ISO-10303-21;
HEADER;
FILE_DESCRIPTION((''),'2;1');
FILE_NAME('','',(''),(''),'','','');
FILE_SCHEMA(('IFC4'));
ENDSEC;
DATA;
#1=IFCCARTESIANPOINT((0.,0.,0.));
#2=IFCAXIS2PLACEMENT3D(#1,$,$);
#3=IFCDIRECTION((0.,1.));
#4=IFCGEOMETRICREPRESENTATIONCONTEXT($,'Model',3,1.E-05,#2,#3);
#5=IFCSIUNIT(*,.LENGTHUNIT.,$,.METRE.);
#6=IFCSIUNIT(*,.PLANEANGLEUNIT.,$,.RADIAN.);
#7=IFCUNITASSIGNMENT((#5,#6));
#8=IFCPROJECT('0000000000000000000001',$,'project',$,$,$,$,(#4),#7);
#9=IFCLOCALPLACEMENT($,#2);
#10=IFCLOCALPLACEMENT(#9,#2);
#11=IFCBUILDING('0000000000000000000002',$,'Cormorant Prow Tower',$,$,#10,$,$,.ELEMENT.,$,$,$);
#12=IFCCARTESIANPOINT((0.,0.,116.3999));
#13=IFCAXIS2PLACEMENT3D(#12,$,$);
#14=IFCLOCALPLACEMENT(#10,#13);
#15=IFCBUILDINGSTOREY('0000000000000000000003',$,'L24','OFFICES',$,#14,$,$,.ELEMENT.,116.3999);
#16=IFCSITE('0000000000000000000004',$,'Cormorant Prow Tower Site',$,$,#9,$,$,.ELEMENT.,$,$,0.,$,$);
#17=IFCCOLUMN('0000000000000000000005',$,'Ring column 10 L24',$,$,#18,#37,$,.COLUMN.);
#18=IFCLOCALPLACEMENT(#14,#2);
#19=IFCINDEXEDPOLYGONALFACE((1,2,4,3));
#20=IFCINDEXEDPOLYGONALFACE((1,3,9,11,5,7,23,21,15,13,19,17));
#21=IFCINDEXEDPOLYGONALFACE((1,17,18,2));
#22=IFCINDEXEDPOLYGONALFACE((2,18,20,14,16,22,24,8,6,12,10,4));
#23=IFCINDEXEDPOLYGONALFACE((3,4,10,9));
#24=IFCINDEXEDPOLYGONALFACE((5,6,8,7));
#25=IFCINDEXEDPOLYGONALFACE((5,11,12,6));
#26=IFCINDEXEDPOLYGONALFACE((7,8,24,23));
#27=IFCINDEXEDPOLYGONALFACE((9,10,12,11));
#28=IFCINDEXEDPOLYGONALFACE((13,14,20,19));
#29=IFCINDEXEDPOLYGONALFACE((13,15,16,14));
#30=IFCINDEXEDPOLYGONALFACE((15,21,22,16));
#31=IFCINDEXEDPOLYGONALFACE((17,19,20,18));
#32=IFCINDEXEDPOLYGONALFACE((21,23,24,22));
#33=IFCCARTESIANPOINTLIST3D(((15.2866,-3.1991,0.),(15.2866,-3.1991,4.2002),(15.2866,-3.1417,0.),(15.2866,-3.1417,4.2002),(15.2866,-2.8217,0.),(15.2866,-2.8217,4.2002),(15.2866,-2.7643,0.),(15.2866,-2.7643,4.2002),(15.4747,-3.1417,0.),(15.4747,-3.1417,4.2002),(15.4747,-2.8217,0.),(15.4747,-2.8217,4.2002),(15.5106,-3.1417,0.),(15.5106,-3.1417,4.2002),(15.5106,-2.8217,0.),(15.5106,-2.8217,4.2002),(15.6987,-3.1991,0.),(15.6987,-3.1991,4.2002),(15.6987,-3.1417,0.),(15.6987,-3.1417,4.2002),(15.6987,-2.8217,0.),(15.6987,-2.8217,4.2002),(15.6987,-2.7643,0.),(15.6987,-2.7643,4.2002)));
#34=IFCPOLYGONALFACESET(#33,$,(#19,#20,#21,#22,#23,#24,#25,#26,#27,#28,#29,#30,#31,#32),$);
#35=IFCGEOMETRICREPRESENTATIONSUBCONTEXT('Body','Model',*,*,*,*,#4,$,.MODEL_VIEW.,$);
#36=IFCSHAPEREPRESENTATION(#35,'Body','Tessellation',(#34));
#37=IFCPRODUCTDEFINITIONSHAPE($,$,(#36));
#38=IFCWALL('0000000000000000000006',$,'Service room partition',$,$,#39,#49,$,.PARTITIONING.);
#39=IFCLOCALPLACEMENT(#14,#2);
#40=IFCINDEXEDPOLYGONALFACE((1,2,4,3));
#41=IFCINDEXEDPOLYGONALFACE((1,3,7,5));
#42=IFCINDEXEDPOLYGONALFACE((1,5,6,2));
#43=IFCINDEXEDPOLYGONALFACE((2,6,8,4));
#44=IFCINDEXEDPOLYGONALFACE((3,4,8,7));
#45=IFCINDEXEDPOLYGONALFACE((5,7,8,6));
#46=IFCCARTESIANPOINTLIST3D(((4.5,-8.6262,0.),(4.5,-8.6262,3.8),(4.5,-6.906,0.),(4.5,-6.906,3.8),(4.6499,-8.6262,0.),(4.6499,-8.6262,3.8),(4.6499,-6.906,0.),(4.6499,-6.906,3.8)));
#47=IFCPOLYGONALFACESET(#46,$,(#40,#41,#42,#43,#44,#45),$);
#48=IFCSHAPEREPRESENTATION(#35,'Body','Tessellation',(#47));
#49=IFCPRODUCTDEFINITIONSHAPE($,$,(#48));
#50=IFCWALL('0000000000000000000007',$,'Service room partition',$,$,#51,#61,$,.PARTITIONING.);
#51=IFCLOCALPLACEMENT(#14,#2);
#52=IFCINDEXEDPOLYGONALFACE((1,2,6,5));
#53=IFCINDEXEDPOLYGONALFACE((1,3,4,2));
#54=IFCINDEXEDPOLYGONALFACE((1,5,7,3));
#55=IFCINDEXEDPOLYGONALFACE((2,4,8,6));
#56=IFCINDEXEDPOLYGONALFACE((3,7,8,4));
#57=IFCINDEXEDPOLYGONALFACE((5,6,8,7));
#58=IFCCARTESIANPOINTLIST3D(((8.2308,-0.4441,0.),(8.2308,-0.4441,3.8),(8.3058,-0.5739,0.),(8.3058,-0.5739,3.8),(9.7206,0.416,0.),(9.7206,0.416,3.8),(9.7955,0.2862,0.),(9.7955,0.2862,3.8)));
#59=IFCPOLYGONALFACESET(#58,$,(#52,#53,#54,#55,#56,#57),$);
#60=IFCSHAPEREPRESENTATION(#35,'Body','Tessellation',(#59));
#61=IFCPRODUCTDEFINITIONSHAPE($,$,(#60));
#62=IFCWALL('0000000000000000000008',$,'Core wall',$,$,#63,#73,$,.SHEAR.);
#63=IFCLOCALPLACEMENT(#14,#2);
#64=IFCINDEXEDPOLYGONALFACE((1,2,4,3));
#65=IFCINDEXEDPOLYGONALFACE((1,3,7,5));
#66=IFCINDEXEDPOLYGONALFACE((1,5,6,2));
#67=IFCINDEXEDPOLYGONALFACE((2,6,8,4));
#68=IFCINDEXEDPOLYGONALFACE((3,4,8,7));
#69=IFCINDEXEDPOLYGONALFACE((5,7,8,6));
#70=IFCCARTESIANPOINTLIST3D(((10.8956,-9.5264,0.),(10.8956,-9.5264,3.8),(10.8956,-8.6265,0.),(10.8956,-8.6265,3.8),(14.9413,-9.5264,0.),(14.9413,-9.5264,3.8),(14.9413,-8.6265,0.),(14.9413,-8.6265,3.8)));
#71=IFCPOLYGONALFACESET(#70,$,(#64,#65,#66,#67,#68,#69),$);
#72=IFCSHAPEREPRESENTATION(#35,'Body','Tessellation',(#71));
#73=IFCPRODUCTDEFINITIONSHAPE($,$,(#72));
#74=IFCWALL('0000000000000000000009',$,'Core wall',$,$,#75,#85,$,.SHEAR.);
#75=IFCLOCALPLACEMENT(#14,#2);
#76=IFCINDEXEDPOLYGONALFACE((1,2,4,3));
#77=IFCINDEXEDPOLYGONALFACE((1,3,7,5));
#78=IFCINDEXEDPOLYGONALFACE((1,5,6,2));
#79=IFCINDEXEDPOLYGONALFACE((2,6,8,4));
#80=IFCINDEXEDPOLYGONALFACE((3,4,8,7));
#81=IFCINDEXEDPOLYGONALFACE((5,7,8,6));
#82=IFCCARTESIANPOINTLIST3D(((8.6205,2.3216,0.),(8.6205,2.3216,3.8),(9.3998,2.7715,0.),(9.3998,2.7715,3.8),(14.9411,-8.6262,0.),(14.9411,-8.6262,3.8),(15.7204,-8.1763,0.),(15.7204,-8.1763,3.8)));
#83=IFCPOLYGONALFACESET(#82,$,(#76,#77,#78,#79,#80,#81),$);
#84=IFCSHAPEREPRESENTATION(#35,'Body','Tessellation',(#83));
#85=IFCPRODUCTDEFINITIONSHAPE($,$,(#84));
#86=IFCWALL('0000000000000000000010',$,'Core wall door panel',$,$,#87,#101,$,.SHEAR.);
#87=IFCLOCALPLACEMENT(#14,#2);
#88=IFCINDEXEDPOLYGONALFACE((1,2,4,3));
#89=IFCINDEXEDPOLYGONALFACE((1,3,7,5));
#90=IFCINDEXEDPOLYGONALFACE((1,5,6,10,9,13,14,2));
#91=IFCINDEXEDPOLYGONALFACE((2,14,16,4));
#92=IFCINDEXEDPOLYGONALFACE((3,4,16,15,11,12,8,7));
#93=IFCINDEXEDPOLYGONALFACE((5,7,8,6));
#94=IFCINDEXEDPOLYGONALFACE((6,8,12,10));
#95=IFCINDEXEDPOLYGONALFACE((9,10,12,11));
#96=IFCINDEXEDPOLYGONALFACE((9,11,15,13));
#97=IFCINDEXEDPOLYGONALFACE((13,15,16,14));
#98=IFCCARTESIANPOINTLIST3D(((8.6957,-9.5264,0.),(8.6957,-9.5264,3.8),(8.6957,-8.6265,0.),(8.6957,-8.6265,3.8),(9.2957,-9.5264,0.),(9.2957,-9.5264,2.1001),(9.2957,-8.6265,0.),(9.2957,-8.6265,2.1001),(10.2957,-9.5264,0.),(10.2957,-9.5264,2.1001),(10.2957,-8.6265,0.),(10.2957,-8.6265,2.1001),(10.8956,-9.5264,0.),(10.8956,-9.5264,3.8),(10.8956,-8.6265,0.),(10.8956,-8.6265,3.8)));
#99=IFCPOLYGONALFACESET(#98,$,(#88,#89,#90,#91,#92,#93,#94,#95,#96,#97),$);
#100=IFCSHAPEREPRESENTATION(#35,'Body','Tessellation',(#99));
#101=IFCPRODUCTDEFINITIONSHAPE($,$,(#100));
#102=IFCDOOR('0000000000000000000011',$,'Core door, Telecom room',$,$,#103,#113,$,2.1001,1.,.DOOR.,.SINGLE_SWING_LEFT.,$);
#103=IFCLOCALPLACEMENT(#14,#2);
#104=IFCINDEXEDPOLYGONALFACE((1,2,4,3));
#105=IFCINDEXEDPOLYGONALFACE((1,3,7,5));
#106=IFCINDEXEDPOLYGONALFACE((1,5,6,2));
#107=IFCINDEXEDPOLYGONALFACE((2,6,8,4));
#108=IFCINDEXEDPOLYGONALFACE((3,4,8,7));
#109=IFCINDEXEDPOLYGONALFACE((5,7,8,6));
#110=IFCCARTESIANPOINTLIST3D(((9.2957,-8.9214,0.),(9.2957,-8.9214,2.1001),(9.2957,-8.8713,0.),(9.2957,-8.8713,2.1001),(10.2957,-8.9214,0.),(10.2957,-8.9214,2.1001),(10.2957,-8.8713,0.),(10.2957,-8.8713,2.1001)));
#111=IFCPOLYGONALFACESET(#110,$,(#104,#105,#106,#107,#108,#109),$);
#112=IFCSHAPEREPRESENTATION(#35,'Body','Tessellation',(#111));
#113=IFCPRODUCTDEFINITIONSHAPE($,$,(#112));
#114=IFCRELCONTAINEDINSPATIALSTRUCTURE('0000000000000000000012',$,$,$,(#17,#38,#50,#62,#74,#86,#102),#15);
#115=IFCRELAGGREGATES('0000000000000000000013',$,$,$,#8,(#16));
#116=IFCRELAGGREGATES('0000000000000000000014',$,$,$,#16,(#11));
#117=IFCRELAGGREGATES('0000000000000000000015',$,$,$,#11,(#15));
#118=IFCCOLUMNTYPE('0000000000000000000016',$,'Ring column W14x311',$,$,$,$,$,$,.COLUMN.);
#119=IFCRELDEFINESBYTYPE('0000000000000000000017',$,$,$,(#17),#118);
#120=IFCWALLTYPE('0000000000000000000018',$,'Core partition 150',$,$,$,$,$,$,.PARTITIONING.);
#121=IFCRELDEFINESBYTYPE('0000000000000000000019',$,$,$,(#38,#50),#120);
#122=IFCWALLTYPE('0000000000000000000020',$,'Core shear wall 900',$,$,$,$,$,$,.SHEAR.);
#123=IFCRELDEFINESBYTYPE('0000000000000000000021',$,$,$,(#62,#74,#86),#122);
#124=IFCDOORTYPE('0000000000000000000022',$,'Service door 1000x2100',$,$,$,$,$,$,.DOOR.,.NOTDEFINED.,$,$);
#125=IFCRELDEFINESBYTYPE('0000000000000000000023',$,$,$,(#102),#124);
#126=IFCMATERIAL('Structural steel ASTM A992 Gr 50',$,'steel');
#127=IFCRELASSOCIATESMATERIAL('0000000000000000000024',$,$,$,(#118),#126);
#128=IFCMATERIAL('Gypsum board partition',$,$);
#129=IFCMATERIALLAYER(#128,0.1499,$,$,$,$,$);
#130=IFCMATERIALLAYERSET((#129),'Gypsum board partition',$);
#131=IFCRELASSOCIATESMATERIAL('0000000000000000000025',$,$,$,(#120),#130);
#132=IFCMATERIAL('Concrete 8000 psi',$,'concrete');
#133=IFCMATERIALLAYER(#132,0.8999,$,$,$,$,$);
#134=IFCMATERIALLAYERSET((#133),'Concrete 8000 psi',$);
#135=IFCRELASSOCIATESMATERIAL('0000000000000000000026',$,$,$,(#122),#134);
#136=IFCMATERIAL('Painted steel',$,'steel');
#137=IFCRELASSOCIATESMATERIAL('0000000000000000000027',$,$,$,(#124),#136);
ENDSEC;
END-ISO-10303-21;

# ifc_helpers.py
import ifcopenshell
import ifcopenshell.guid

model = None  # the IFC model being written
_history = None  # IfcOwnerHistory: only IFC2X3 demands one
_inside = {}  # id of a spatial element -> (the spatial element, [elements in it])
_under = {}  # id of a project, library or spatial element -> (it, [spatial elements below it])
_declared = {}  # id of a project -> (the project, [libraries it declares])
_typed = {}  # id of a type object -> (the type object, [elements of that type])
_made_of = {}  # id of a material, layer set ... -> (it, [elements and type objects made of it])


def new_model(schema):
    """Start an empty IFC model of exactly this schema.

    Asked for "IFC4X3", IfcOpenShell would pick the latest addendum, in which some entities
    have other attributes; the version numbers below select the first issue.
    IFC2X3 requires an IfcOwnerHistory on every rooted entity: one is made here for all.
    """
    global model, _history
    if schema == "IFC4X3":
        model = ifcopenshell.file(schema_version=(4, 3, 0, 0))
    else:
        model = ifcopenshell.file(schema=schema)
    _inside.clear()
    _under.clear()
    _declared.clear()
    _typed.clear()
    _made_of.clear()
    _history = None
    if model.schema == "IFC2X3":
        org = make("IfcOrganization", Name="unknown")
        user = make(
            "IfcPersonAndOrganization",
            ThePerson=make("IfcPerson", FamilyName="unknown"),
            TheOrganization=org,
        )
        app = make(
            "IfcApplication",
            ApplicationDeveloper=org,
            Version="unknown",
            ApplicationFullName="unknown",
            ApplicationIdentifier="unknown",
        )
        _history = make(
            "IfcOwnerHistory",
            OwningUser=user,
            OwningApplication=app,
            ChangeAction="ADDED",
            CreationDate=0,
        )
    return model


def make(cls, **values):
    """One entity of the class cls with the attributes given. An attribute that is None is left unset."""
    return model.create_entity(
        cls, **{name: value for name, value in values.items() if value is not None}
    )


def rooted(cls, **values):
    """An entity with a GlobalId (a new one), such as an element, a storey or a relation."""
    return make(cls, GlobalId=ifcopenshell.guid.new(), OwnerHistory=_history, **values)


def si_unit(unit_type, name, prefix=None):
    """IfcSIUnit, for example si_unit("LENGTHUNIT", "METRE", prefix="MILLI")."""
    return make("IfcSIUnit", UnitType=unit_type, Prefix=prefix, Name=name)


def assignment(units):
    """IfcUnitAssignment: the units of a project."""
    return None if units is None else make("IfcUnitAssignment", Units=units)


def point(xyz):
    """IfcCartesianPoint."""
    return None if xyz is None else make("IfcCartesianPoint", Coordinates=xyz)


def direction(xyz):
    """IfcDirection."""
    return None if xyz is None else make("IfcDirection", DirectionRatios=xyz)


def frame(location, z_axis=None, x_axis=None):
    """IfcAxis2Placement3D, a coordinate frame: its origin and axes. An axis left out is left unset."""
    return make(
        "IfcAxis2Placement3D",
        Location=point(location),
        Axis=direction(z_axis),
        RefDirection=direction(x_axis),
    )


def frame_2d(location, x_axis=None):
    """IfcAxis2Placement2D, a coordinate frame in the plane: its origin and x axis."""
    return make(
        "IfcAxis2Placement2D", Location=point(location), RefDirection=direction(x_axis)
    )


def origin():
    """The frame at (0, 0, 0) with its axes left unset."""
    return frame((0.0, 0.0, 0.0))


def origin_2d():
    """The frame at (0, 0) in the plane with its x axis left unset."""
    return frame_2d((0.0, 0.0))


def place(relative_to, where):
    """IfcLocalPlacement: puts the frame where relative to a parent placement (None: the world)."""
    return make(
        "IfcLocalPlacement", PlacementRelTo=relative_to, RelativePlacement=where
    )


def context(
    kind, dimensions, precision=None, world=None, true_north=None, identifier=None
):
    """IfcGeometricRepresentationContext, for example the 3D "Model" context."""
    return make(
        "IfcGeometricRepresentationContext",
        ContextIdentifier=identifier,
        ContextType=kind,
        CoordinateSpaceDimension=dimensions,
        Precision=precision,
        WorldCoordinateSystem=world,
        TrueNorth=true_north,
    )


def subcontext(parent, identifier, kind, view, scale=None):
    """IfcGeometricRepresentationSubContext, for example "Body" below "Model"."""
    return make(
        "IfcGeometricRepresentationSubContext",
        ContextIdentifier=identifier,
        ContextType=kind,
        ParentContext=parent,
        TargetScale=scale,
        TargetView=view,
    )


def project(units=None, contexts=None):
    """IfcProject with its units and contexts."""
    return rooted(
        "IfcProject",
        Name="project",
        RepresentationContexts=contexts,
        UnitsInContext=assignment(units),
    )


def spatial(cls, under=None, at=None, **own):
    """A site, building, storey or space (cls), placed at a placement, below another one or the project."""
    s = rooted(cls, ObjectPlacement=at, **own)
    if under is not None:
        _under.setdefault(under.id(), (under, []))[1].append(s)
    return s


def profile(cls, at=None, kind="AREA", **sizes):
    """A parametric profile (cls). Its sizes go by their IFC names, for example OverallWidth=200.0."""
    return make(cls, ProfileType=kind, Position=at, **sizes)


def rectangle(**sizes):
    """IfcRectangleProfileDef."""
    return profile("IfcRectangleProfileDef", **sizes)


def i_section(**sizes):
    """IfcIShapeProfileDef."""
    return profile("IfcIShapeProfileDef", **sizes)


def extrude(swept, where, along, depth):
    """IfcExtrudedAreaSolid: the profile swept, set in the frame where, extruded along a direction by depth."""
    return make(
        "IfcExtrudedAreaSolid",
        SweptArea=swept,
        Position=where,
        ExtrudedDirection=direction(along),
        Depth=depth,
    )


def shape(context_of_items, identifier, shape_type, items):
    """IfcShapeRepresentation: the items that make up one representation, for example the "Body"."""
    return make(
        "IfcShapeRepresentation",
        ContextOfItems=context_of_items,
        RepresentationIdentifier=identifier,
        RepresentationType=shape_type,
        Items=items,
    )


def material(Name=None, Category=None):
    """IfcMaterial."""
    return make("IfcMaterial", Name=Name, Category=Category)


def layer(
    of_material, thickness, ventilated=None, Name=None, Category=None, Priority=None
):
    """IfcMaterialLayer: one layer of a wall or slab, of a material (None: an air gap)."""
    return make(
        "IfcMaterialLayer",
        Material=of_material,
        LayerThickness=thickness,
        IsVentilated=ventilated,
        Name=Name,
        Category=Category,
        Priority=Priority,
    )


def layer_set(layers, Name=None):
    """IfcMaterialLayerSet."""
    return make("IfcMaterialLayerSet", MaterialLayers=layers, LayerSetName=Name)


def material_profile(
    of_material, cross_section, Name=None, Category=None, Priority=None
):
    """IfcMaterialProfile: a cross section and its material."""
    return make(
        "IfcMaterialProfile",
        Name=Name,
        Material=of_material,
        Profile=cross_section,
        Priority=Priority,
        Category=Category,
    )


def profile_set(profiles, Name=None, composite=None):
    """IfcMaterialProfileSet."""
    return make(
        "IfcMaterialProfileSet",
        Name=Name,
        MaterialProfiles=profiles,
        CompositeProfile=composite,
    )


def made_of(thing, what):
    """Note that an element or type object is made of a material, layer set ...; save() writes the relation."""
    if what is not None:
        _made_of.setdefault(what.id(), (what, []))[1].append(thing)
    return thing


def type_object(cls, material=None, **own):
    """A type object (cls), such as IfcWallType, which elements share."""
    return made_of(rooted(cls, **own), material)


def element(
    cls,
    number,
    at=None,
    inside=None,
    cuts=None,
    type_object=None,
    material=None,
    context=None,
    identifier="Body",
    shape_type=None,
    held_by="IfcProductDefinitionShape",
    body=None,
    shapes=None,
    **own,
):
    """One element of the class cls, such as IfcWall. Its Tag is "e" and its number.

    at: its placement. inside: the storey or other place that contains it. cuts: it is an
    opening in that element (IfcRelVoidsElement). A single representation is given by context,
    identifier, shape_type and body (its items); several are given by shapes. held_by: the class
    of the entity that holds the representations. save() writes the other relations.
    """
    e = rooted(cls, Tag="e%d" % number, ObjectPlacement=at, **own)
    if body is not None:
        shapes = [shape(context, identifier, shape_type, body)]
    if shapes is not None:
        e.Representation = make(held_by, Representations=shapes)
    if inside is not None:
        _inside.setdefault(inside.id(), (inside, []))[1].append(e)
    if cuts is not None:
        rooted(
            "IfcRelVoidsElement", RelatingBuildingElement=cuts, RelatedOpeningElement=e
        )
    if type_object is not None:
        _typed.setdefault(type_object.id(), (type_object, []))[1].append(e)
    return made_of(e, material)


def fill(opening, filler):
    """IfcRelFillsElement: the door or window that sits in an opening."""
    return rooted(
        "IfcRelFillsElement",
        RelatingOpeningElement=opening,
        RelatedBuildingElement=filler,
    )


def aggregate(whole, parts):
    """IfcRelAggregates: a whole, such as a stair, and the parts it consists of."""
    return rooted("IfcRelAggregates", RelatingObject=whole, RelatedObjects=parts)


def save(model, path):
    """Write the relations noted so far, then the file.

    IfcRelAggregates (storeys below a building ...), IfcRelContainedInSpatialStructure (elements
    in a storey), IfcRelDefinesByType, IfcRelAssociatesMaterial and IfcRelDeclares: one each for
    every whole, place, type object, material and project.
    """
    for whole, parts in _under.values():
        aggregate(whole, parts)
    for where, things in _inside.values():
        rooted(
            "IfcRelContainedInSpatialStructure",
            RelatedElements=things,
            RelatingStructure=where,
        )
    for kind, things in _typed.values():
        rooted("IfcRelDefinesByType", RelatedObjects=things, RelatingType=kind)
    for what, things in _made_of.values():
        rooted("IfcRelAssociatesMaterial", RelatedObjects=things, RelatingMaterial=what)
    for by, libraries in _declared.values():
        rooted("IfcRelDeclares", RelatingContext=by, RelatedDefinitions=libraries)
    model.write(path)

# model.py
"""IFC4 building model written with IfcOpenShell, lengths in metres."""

from ifc_helpers import new_model, si_unit, direction, frame, frame_2d, origin, origin_2d, place, context, subcontext, project, spatial, rectangle, i_section, extrude, material, layer, layer_set, material_profile, profile_set, type_object, element, fill, save


model = new_model("IFC4")

# Units and contexts
model_context = context("Model", 3, precision=1e-05, world=origin(), true_north=direction((0.0, 1.0)))
body_context = subcontext(model_context, "Body", "Model", "MODEL_VIEW")
ifc_project = project(units=[si_unit("LENGTHUNIT", "METRE"), si_unit("PLANEANGLEUNIT", "RADIAN")], contexts=[model_context])

# Site, building, storey
site_placement = place(None, origin())
site = spatial("IfcSite", under=ifc_project, at=site_placement, Name="Cormorant Prow Tower Site", CompositionType="ELEMENT", RefElevation=0.0)
building_placement = place(site_placement, origin())
building = spatial("IfcBuilding", under=site, at=building_placement, Name="Cormorant Prow Tower", CompositionType="ELEMENT")
storey_placement = place(building_placement, frame((0.0, 0.0, 116.3999)))
storey = spatial("IfcBuildingStorey", under=building, at=storey_placement, Name="L24", Description="OFFICES", CompositionType="ELEMENT", Elevation=116.3999)

# Column
ifc_material_1 = material(Name="Structural steel ASTM A992 Gr 50", Category="steel")
ifc_material_profile = material_profile(ifc_material_1, i_section(OverallWidth=0.4121, OverallDepth=0.4348, WebThickness=0.0359, FlangeThickness=0.0574, at=origin_2d()), Name="W14x311")
ifc_profile_set = profile_set([ifc_material_profile], Name="Structural steel ASTM A992 Gr 50")
column_type = type_object("IfcColumnType", Name="Ring column W14x311", PredefinedType="COLUMN", material=ifc_profile_set)
column_placement = place(storey_placement, frame((15.4927, -2.9817, 0.0), z_axis=(0.0, 0.0, 1.0), x_axis=(1.0, 0.0, 0.0)))
element("IfcColumn", 1, at=column_placement, inside=storey, type_object=column_type, Name="Ring column 10 L24", PredefinedType="COLUMN", context=body_context, shape_type="SweptSolid", body=[
    extrude(i_section(OverallWidth=0.4121, OverallDepth=0.4348, WebThickness=0.0359, FlangeThickness=0.0574, at=origin_2d()), origin(), (0.0, 0.0, 1.0), 4.2002),
])

# Walls
ifc_material_2 = material(Name="Gypsum board partition")
ifc_layer_1 = layer(ifc_material_2, 0.1499)
ifc_layer_set_1 = layer_set([ifc_layer_1], Name="Gypsum board partition")
wall_type_1 = type_object("IfcWallType", Name="Core partition 150", PredefinedType="PARTITIONING", material=ifc_layer_set_1)
for number, where, z_axis, x_axis, name in (
    (2, (4.575, -6.906, 0.0), (0.0, 0.0, 1.0), (0.0, -1.0, 0.0), "Service room partition"),
    (3, (8.2683, -0.509, 0.0), (0.0, 0.0, 1.0), (0.866025, 0.500001, 0.0), "Service room partition"),
):
    element("IfcWall", number, at=place(storey_placement, frame(where, z_axis=z_axis, x_axis=x_axis)), inside=storey, type_object=wall_type_1, Name=name, PredefinedType="PARTITIONING", context=body_context, shape_type="SweptSolid", body=[
        extrude(rectangle(XDim=1.7202, YDim=0.1499, at=frame_2d((0.8601, 0.0))), origin(), (0.0, 0.0, 1.0), 3.8),
    ])
ifc_material_3 = material(Name="Concrete 8000 psi", Category="concrete")
ifc_layer_2 = layer(ifc_material_3, 0.8999)
ifc_layer_set_2 = layer_set([ifc_layer_2], Name="Concrete 8000 psi")
wall_type_2 = type_object("IfcWallType", Name="Core shear wall 900", PredefinedType="SHEAR", material=ifc_layer_set_2)
wall_1_placement = place(storey_placement, frame((10.8955, -9.0764, 0.0), z_axis=(0.0, 0.0, 1.0), x_axis=(1.0, 0.0, 0.0)))
element("IfcWall", 4, at=wall_1_placement, inside=storey, type_object=wall_type_2, Name="Core wall", PredefinedType="SHEAR", context=body_context, shape_type="SweptSolid", body=[
    extrude(rectangle(XDim=4.0457, YDim=0.8999, at=frame_2d((2.0229, 0.0))), origin(), (0.0, 0.0, 1.0), 3.8),
])
wall_2_placement = place(storey_placement, frame((15.3308, -8.4014, 0.0), z_axis=(0.0, 0.0, 1.0), x_axis=(-0.499992, 0.86603, 0.0)))
element("IfcWall", 5, at=wall_2_placement, inside=storey, type_object=wall_type_2, Name="Core wall", PredefinedType="SHEAR", context=body_context, shape_type="SweptSolid", body=[
    extrude(rectangle(XDim=12.6414, YDim=0.8999, at=frame_2d((6.3208, 0.0))), origin(), (0.0, 0.0, 1.0), 3.8),
])

# Wall, opening, door
wall_3_placement = place(storey_placement, frame((8.6956, -9.0764, 0.0), z_axis=(0.0, 0.0, 1.0), x_axis=(1.0, 0.0, 0.0)))
wall_3 = element("IfcWall", 6, at=wall_3_placement, inside=storey, type_object=wall_type_2, Name="Core wall door panel", PredefinedType="SHEAR", context=body_context, shape_type="SweptSolid", body=[
    extrude(rectangle(XDim=2.2, YDim=0.8999, at=frame_2d((1.1001, 0.0))), origin(), (0.0, 0.0, 1.0), 3.8),
])
opening_1_placement = place(wall_3_placement, frame((0.6001, 0.0, 0.0)))
opening_1 = element("IfcOpeningElement", 7, at=opening_1_placement, cuts=wall_3, PredefinedType="OPENING", context=body_context, shape_type="SweptSolid", body=[
    extrude(rectangle(XDim=1.0, YDim=2.1001, at=frame_2d((0.5, 1.05))), frame((0.0, 0.46, 0.0), z_axis=(0.0, -1.0, 0.0), x_axis=(1.0, 0.0, 0.0)), (0.0, 0.0, 1.0), 0.9199),
])
ifc_material_4 = material(Name="Painted steel", Category="steel")
door_type_1 = type_object("IfcDoorType", Name="Service door 1000x2100", OperationType="NOTDEFINED", PredefinedType="DOOR", material=ifc_material_4)
door_1_placement = place(opening_1_placement, origin())
door_1 = element("IfcDoor", 8, at=door_1_placement, inside=storey, type_object=door_type_1, Name="Core door, Telecom room", OperationType="SINGLE_SWING_LEFT", OverallHeight=2.1001, OverallWidth=1.0, PredefinedType="DOOR", context=body_context, shape_type="SweptSolid", body=[
    extrude(rectangle(XDim=1.0, YDim=2.1001, at=frame_2d((0.5, 1.05))), frame((0.0, 0.2051, 0.0), z_axis=(0.0, -1.0, 0.0), x_axis=(1.0, 0.0, 0.0)), (0.0, 0.0, 1.0), 0.05),
])
fill(opening_1, door_1)

save(model, "model.ifc")
